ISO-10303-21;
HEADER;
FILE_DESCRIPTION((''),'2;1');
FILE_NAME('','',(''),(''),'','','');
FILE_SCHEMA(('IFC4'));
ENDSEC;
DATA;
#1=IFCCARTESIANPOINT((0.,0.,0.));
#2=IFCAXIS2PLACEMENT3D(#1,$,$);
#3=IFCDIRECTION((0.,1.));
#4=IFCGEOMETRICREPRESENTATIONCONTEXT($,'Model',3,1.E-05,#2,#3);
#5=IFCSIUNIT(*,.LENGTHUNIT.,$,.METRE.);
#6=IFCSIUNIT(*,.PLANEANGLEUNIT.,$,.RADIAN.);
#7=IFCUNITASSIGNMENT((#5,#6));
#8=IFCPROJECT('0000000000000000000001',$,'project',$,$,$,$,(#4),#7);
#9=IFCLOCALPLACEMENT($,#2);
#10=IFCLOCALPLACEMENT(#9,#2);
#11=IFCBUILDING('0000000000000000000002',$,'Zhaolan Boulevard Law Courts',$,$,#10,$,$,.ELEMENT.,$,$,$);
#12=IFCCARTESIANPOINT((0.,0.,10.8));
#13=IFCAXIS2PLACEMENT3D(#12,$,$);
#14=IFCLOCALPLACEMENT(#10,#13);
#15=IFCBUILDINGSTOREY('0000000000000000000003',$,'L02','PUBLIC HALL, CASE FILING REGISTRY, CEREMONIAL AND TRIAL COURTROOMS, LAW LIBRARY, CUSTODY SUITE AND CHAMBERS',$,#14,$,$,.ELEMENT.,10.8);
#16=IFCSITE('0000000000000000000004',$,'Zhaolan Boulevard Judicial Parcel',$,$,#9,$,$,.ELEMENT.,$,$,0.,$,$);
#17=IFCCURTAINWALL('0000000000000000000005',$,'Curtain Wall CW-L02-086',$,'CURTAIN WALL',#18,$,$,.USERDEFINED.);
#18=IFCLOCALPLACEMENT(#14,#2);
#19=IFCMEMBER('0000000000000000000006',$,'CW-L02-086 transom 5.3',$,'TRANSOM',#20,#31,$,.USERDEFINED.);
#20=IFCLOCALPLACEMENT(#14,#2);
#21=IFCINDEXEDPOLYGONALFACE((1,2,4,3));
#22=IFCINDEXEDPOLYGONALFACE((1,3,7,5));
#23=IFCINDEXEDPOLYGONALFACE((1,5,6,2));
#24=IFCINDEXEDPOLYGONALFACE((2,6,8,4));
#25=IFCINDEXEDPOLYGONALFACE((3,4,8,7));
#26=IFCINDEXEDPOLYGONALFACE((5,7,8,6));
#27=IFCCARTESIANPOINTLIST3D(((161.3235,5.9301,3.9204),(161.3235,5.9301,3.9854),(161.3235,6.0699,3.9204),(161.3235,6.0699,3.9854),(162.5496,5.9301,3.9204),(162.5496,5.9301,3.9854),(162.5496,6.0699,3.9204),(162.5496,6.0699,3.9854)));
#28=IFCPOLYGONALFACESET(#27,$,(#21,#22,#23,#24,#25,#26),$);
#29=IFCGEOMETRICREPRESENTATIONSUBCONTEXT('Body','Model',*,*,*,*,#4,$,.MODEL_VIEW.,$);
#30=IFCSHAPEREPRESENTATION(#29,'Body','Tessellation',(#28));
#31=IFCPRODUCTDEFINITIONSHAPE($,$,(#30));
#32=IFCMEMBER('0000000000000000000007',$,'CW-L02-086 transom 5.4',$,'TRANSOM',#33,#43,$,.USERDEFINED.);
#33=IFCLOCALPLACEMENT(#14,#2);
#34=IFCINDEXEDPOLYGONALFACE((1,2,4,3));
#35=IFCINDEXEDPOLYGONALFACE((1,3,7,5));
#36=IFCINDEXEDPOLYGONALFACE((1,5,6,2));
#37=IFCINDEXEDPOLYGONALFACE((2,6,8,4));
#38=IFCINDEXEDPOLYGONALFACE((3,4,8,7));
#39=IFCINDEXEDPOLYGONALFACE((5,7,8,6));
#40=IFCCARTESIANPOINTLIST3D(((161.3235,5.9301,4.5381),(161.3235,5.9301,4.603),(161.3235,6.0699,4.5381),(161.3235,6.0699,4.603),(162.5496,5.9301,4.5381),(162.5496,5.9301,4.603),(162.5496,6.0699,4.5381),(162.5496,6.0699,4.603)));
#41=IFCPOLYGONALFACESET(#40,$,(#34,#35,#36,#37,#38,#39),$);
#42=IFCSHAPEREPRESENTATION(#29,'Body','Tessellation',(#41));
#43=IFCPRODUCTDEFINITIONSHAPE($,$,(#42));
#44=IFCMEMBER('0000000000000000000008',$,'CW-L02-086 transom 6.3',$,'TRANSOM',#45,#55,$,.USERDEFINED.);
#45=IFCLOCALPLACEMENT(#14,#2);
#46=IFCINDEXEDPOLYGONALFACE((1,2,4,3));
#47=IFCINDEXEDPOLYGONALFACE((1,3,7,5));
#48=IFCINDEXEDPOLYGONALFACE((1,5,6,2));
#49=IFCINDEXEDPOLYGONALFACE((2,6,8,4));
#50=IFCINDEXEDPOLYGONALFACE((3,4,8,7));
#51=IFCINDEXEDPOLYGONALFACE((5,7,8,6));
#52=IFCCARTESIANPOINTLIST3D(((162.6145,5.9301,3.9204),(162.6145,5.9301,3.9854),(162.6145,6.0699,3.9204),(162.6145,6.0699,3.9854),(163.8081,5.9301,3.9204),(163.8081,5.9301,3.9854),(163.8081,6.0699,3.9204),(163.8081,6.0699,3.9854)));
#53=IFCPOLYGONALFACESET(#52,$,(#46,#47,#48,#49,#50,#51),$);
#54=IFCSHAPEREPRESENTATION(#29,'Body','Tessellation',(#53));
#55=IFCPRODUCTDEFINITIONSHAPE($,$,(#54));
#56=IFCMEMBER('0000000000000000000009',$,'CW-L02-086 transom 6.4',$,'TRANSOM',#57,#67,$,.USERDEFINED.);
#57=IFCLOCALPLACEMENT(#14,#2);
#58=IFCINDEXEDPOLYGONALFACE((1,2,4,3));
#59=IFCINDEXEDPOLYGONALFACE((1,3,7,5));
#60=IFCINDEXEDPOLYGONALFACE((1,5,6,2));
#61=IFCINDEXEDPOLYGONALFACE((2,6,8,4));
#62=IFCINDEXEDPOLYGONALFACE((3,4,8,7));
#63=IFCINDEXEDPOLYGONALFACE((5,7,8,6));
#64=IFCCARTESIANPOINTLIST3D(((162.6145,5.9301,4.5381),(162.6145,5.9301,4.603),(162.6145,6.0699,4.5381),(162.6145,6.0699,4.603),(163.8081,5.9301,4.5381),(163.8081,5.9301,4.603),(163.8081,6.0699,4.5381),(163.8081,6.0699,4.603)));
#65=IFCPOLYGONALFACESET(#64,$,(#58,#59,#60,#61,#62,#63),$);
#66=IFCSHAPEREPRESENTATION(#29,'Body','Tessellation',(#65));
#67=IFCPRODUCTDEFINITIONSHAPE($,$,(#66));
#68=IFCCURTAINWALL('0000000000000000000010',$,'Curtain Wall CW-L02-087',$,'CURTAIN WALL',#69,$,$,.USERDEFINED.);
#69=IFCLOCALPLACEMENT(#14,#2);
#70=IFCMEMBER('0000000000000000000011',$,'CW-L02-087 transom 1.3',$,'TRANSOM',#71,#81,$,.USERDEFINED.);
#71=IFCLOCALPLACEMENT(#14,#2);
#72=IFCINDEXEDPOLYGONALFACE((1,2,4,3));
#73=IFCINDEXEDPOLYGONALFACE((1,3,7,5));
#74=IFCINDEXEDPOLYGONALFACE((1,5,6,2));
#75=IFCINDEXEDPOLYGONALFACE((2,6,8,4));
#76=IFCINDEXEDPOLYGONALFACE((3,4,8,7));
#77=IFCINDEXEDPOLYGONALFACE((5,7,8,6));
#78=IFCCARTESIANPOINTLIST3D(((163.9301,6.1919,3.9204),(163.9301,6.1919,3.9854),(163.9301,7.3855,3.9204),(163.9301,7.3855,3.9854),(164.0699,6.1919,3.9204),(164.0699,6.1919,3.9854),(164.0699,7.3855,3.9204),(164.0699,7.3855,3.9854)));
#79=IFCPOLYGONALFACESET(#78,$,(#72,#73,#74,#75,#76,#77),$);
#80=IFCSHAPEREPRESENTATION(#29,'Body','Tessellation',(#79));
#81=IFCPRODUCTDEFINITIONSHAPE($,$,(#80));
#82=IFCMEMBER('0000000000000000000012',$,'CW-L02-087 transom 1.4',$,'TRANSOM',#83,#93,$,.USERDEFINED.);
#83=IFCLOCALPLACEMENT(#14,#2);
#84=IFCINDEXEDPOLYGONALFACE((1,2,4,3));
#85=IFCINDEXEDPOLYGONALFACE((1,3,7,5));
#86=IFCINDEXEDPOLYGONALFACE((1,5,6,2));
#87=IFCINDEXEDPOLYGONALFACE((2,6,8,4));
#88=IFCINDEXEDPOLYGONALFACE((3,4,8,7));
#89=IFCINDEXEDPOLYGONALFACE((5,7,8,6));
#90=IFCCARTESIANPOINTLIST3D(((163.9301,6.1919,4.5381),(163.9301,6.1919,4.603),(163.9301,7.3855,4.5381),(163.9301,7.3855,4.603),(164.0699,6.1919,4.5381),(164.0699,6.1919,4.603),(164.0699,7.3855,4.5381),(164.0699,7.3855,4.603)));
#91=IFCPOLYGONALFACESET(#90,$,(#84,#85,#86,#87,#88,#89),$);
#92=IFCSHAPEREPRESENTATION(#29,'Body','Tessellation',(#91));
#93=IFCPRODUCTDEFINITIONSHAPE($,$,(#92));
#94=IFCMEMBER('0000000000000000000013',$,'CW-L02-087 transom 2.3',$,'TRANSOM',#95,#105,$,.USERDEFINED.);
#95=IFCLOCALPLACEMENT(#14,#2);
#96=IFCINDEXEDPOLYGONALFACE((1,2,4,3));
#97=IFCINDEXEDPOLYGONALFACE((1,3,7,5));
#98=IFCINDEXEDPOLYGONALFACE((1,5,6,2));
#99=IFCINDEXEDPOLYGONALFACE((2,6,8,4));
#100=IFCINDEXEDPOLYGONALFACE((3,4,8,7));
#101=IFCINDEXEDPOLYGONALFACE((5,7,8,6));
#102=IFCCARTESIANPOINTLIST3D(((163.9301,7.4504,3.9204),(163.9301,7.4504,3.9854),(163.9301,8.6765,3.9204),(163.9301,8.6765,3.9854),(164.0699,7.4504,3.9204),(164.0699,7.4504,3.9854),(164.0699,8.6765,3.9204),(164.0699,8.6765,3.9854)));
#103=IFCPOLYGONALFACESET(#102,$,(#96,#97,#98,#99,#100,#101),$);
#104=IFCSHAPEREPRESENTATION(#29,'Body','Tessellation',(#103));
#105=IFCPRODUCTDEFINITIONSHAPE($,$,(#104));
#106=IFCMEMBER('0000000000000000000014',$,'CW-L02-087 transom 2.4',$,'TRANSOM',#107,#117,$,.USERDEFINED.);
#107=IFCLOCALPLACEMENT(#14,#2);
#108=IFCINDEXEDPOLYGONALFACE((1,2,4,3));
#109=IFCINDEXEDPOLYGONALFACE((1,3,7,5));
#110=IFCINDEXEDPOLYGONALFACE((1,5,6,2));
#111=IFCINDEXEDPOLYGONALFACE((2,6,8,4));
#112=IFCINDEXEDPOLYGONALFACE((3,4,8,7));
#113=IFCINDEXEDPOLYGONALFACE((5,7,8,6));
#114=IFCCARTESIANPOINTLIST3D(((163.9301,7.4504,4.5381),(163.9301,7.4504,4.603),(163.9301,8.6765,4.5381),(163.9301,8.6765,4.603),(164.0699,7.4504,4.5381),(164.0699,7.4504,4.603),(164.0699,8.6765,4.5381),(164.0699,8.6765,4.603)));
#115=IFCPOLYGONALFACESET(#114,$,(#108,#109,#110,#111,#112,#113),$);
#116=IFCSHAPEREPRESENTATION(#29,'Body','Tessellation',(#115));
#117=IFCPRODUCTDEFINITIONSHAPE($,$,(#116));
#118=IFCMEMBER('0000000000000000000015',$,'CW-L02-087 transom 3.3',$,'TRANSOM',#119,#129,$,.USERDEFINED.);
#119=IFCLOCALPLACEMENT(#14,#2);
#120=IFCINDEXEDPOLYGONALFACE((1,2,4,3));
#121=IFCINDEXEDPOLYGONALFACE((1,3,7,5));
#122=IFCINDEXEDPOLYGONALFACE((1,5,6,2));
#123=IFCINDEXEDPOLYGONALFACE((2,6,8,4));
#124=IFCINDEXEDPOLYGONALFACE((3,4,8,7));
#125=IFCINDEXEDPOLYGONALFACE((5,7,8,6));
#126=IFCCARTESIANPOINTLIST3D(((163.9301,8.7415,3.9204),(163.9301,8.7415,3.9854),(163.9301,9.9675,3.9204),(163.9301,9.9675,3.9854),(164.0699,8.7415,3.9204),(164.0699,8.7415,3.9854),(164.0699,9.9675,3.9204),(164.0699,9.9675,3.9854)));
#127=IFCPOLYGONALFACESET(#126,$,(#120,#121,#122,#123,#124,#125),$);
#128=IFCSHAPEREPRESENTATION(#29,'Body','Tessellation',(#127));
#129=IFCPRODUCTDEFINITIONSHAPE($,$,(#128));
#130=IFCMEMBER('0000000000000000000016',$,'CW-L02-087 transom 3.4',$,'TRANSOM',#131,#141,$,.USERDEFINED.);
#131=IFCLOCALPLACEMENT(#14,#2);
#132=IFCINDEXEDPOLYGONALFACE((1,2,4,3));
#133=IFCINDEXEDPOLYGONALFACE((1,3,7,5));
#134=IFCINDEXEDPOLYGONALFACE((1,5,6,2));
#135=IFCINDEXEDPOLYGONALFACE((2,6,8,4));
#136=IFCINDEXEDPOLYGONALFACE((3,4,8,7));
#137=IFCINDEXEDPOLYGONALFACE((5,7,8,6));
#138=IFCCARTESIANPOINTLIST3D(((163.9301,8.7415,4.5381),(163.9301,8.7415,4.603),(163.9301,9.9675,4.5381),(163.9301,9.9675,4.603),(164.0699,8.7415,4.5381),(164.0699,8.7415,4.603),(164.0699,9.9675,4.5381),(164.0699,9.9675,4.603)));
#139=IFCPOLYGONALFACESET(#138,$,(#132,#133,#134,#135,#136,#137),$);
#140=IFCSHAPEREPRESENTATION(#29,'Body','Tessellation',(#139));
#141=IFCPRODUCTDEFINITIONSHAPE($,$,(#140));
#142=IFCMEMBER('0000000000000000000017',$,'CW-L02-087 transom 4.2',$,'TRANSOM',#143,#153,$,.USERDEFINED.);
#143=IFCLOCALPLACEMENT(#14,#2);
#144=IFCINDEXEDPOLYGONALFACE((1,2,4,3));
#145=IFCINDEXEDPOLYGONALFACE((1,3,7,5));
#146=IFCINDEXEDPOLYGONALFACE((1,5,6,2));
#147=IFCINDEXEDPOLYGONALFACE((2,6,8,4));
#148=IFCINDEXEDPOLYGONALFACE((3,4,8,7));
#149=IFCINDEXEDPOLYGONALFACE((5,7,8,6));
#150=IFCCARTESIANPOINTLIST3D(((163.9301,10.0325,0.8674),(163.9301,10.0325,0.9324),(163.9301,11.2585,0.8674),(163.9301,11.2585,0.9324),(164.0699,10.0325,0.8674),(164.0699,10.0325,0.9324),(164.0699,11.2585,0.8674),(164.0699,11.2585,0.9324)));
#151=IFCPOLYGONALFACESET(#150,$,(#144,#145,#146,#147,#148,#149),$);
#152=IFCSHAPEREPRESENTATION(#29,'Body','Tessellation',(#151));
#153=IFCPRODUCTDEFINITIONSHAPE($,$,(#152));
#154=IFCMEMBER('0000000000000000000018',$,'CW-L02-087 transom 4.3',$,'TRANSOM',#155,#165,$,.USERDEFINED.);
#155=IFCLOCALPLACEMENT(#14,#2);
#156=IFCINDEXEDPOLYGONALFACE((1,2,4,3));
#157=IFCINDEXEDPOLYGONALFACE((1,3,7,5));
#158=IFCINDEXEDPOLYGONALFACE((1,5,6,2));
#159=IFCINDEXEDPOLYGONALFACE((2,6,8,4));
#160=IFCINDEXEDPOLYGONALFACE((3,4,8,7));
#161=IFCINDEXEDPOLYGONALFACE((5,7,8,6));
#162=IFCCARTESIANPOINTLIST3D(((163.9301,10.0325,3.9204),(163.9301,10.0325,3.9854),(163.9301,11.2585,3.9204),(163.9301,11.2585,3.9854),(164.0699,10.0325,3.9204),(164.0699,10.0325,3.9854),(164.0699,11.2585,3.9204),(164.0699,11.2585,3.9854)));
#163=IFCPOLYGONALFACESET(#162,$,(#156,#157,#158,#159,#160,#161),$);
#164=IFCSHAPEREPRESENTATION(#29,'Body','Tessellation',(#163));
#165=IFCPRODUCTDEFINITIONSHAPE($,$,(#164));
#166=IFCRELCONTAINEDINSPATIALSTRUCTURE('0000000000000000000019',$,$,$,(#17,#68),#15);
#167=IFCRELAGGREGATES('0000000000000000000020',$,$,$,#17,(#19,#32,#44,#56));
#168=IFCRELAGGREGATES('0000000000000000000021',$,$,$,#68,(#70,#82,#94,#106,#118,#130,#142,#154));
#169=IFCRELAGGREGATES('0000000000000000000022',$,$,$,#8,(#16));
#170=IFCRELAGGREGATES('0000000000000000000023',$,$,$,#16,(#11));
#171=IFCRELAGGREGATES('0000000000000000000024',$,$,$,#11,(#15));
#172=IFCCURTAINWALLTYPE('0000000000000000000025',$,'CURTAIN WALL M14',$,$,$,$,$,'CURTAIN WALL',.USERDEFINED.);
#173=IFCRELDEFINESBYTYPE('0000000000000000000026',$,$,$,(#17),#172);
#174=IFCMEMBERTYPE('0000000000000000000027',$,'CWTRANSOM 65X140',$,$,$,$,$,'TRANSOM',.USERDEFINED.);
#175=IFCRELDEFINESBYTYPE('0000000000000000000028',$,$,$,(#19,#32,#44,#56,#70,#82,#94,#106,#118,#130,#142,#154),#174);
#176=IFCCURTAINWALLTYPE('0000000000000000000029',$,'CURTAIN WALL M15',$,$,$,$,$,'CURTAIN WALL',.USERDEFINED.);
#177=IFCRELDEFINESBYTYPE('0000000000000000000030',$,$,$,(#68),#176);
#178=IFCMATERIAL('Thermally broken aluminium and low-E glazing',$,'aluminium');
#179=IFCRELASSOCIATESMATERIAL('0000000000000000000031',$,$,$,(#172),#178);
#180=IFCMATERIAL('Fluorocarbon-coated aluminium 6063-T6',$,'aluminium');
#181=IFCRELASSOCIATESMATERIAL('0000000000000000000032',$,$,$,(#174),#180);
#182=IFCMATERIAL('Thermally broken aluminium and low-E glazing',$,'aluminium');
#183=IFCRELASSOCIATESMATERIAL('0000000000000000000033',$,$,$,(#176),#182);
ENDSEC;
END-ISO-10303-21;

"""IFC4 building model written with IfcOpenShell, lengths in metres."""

from ifc_helpers import new_model, si_unit, direction, frame, origin, origin_2d, place, context, subcontext, project, spatial, rectangle, extrude, material, material_profile, profile_set, type_object, element, aggregate, save


model = new_model("IFC4")

# Units and contexts
model_context = context("Model", 3, precision=1e-05, world=origin(), true_north=direction((0.0, 1.0)))
body_context = subcontext(model_context, "Body", "Model", "MODEL_VIEW")
ifc_project = project(units=[si_unit("LENGTHUNIT", "METRE"), si_unit("PLANEANGLEUNIT", "RADIAN")], contexts=[model_context])

# Site, building, storey
site_placement = place(None, origin())
site = spatial("IfcSite", under=ifc_project, at=site_placement, Name="Zhaolan Boulevard Judicial Parcel", CompositionType="ELEMENT", RefElevation=0.0)
building_placement = place(site_placement, origin())
building = spatial("IfcBuilding", under=site, at=building_placement, Name="Zhaolan Boulevard Law Courts", CompositionType="ELEMENT")
storey_placement = place(building_placement, frame((0.0, 0.0, 10.8)))
storey = spatial("IfcBuildingStorey", under=building, at=storey_placement, Name="L02", Description="PUBLIC HALL, CASE FILING REGISTRY, CEREMONIAL AND TRIAL COURTROOMS, LAW LIBRARY, CUSTODY SUITE AND CHAMBERS", CompositionType="ELEMENT", Elevation=10.8)

# Curtain walls, members
ifc_material_1 = material(Name="Thermally broken aluminium and low-E glazing", Category="aluminium")
curtain_wall_type_1 = type_object("IfcCurtainWallType", Name="CURTAIN WALL M14", ElementType="CURTAIN WALL", PredefinedType="USERDEFINED", material=ifc_material_1)
curtain_wall_1_placement = place(storey_placement, origin())
curtain_wall_1 = element("IfcCurtainWall", 1, at=curtain_wall_1_placement, inside=storey, type_object=curtain_wall_type_1, Name="Curtain Wall CW-L02-086", ObjectType="CURTAIN WALL", PredefinedType="USERDEFINED")
ifc_material_2 = material(Name="Fluorocarbon-coated aluminium 6063-T6", Category="aluminium")
ifc_material_profile_1 = material_profile(ifc_material_2, rectangle(XDim=0.1399, YDim=0.0649, at=origin_2d()), Name="AL65x140")
ifc_profile_set_1 = profile_set([ifc_material_profile_1], Name="Fluorocarbon-coated aluminium 6063-T6")
member_type = type_object("IfcMemberType", Name="CWTRANSOM 65X140", ElementType="TRANSOM", PredefinedType="USERDEFINED", material=ifc_profile_set_1)
member_1_placement = place(storey_placement, frame((161.3235, 6.0, 3.9529), z_axis=(1.0, 0.0, 0.0), x_axis=(0.0, 1.0, 0.0)))
member_1 = element("IfcMember", 2, at=member_1_placement, type_object=member_type, Name="CW-L02-086 transom 5.3", ObjectType="TRANSOM", PredefinedType="USERDEFINED", context=body_context, shape_type="SweptSolid", body=[
    extrude(rectangle(XDim=0.1399, YDim=0.0649, at=origin_2d()), origin(), (0.0, 0.0, 1.0), 1.2261),
])
member_2_placement = place(storey_placement, frame((161.3235, 6.0, 4.5706), z_axis=(1.0, 0.0, 0.0), x_axis=(0.0, 1.0, 0.0)))
member_2 = element("IfcMember", 3, at=member_2_placement, type_object=member_type, Name="CW-L02-086 transom 5.4", ObjectType="TRANSOM", PredefinedType="USERDEFINED", context=body_context, shape_type="SweptSolid", body=[
    extrude(rectangle(XDim=0.1399, YDim=0.0649, at=origin_2d()), origin(), (0.0, 0.0, 1.0), 1.2261),
])
member_3_placement = place(storey_placement, frame((162.6145, 6.0, 3.9529), z_axis=(1.0, 0.0, 0.0), x_axis=(0.0, 1.0, 0.0)))
member_3 = element("IfcMember", 4, at=member_3_placement, type_object=member_type, Name="CW-L02-086 transom 6.3", ObjectType="TRANSOM", PredefinedType="USERDEFINED", context=body_context, shape_type="SweptSolid", body=[
    extrude(rectangle(XDim=0.1399, YDim=0.0649, at=origin_2d()), origin(), (0.0, 0.0, 1.0), 1.1936),
])
member_4_placement = place(storey_placement, frame((162.6145, 6.0, 4.5706), z_axis=(1.0, 0.0, 0.0), x_axis=(0.0, 1.0, 0.0)))
member_4 = element("IfcMember", 5, at=member_4_placement, type_object=member_type, Name="CW-L02-086 transom 6.4", ObjectType="TRANSOM", PredefinedType="USERDEFINED", context=body_context, shape_type="SweptSolid", body=[
    extrude(rectangle(XDim=0.1399, YDim=0.0649, at=origin_2d()), origin(), (0.0, 0.0, 1.0), 1.1936),
])
ifc_material_3 = material(Name="Thermally broken aluminium and low-E glazing", Category="aluminium")
curtain_wall_type_2 = type_object("IfcCurtainWallType", Name="CURTAIN WALL M15", ElementType="CURTAIN WALL", PredefinedType="USERDEFINED", material=ifc_material_3)
curtain_wall_2_placement = place(storey_placement, origin())
curtain_wall_2 = element("IfcCurtainWall", 6, at=curtain_wall_2_placement, inside=storey, type_object=curtain_wall_type_2, Name="Curtain Wall CW-L02-087", ObjectType="CURTAIN WALL", PredefinedType="USERDEFINED")
member_5_placement = place(storey_placement, frame((164.0, 6.1919, 3.9529), z_axis=(0.0, 1.0, 0.0), x_axis=(-1.0, 0.0, 0.0)))
member_5 = element("IfcMember", 7, at=member_5_placement, type_object=member_type, Name="CW-L02-087 transom 1.3", ObjectType="TRANSOM", PredefinedType="USERDEFINED", context=body_context, shape_type="SweptSolid", body=[
    extrude(rectangle(XDim=0.1399, YDim=0.0649, at=origin_2d()), origin(), (0.0, 0.0, 1.0), 1.1936),
])
member_6_placement = place(storey_placement, frame((164.0, 6.1919, 4.5706), z_axis=(0.0, 1.0, 0.0), x_axis=(-1.0, 0.0, 0.0)))
member_6 = element("IfcMember", 8, at=member_6_placement, type_object=member_type, Name="CW-L02-087 transom 1.4", ObjectType="TRANSOM", PredefinedType="USERDEFINED", context=body_context, shape_type="SweptSolid", body=[
    extrude(rectangle(XDim=0.1399, YDim=0.0649, at=origin_2d()), origin(), (0.0, 0.0, 1.0), 1.1936),
])
member_7_placement = place(storey_placement, frame((164.0, 7.4504, 3.9529), z_axis=(0.0, 1.0, 0.0), x_axis=(-1.0, 0.0, 0.0)))
member_7 = element("IfcMember", 9, at=member_7_placement, type_object=member_type, Name="CW-L02-087 transom 2.3", ObjectType="TRANSOM", PredefinedType="USERDEFINED", context=body_context, shape_type="SweptSolid", body=[
    extrude(rectangle(XDim=0.1399, YDim=0.0649, at=origin_2d()), origin(), (0.0, 0.0, 1.0), 1.2261),
])
member_8_placement = place(storey_placement, frame((164.0, 7.4504, 4.5706), z_axis=(0.0, 1.0, 0.0), x_axis=(-1.0, 0.0, 0.0)))
member_8 = element("IfcMember", 10, at=member_8_placement, type_object=member_type, Name="CW-L02-087 transom 2.4", ObjectType="TRANSOM", PredefinedType="USERDEFINED", context=body_context, shape_type="SweptSolid", body=[
    extrude(rectangle(XDim=0.1399, YDim=0.0649, at=origin_2d()), origin(), (0.0, 0.0, 1.0), 1.2261),
])
member_9_placement = place(storey_placement, frame((164.0, 8.7415, 3.9529), z_axis=(0.0, 1.0, 0.0), x_axis=(-1.0, 0.0, 0.0)))
member_9 = element("IfcMember", 11, at=member_9_placement, type_object=member_type, Name="CW-L02-087 transom 3.3", ObjectType="TRANSOM", PredefinedType="USERDEFINED", context=body_context, shape_type="SweptSolid", body=[
    extrude(rectangle(XDim=0.1399, YDim=0.0649, at=origin_2d()), origin(), (0.0, 0.0, 1.0), 1.2261),
])
member_10_placement = place(storey_placement, frame((164.0, 8.7415, 4.5706), z_axis=(0.0, 1.0, 0.0), x_axis=(-1.0, 0.0, 0.0)))
member_10 = element("IfcMember", 12, at=member_10_placement, type_object=member_type, Name="CW-L02-087 transom 3.4", ObjectType="TRANSOM", PredefinedType="USERDEFINED", context=body_context, shape_type="SweptSolid", body=[
    extrude(rectangle(XDim=0.1399, YDim=0.0649, at=origin_2d()), origin(), (0.0, 0.0, 1.0), 1.2261),
])
member_11_placement = place(storey_placement, frame((164.0, 10.0325, 0.8999), z_axis=(0.0, 1.0, 0.0), x_axis=(-1.0, 0.0, 0.0)))
member_11 = element("IfcMember", 13, at=member_11_placement, type_object=member_type, Name="CW-L02-087 transom 4.2", ObjectType="TRANSOM", PredefinedType="USERDEFINED", context=body_context, shape_type="SweptSolid", body=[
    extrude(rectangle(XDim=0.1399, YDim=0.0649, at=origin_2d()), origin(), (0.0, 0.0, 1.0), 1.2261),
])
member_12_placement = place(storey_placement, frame((164.0, 10.0325, 3.9529), z_axis=(0.0, 1.0, 0.0), x_axis=(-1.0, 0.0, 0.0)))
member_12 = element("IfcMember", 14, at=member_12_placement, type_object=member_type, Name="CW-L02-087 transom 4.3", ObjectType="TRANSOM", PredefinedType="USERDEFINED", context=body_context, shape_type="SweptSolid", body=[
    extrude(rectangle(XDim=0.1399, YDim=0.0649, at=origin_2d()), origin(), (0.0, 0.0, 1.0), 1.2261),
])

aggregate(curtain_wall_1, [member_1, member_2, member_3, member_4])
aggregate(curtain_wall_2, [member_5, member_6, member_7, member_8, member_9, member_10, member_11, member_12])

save(model, "model.ifc")
